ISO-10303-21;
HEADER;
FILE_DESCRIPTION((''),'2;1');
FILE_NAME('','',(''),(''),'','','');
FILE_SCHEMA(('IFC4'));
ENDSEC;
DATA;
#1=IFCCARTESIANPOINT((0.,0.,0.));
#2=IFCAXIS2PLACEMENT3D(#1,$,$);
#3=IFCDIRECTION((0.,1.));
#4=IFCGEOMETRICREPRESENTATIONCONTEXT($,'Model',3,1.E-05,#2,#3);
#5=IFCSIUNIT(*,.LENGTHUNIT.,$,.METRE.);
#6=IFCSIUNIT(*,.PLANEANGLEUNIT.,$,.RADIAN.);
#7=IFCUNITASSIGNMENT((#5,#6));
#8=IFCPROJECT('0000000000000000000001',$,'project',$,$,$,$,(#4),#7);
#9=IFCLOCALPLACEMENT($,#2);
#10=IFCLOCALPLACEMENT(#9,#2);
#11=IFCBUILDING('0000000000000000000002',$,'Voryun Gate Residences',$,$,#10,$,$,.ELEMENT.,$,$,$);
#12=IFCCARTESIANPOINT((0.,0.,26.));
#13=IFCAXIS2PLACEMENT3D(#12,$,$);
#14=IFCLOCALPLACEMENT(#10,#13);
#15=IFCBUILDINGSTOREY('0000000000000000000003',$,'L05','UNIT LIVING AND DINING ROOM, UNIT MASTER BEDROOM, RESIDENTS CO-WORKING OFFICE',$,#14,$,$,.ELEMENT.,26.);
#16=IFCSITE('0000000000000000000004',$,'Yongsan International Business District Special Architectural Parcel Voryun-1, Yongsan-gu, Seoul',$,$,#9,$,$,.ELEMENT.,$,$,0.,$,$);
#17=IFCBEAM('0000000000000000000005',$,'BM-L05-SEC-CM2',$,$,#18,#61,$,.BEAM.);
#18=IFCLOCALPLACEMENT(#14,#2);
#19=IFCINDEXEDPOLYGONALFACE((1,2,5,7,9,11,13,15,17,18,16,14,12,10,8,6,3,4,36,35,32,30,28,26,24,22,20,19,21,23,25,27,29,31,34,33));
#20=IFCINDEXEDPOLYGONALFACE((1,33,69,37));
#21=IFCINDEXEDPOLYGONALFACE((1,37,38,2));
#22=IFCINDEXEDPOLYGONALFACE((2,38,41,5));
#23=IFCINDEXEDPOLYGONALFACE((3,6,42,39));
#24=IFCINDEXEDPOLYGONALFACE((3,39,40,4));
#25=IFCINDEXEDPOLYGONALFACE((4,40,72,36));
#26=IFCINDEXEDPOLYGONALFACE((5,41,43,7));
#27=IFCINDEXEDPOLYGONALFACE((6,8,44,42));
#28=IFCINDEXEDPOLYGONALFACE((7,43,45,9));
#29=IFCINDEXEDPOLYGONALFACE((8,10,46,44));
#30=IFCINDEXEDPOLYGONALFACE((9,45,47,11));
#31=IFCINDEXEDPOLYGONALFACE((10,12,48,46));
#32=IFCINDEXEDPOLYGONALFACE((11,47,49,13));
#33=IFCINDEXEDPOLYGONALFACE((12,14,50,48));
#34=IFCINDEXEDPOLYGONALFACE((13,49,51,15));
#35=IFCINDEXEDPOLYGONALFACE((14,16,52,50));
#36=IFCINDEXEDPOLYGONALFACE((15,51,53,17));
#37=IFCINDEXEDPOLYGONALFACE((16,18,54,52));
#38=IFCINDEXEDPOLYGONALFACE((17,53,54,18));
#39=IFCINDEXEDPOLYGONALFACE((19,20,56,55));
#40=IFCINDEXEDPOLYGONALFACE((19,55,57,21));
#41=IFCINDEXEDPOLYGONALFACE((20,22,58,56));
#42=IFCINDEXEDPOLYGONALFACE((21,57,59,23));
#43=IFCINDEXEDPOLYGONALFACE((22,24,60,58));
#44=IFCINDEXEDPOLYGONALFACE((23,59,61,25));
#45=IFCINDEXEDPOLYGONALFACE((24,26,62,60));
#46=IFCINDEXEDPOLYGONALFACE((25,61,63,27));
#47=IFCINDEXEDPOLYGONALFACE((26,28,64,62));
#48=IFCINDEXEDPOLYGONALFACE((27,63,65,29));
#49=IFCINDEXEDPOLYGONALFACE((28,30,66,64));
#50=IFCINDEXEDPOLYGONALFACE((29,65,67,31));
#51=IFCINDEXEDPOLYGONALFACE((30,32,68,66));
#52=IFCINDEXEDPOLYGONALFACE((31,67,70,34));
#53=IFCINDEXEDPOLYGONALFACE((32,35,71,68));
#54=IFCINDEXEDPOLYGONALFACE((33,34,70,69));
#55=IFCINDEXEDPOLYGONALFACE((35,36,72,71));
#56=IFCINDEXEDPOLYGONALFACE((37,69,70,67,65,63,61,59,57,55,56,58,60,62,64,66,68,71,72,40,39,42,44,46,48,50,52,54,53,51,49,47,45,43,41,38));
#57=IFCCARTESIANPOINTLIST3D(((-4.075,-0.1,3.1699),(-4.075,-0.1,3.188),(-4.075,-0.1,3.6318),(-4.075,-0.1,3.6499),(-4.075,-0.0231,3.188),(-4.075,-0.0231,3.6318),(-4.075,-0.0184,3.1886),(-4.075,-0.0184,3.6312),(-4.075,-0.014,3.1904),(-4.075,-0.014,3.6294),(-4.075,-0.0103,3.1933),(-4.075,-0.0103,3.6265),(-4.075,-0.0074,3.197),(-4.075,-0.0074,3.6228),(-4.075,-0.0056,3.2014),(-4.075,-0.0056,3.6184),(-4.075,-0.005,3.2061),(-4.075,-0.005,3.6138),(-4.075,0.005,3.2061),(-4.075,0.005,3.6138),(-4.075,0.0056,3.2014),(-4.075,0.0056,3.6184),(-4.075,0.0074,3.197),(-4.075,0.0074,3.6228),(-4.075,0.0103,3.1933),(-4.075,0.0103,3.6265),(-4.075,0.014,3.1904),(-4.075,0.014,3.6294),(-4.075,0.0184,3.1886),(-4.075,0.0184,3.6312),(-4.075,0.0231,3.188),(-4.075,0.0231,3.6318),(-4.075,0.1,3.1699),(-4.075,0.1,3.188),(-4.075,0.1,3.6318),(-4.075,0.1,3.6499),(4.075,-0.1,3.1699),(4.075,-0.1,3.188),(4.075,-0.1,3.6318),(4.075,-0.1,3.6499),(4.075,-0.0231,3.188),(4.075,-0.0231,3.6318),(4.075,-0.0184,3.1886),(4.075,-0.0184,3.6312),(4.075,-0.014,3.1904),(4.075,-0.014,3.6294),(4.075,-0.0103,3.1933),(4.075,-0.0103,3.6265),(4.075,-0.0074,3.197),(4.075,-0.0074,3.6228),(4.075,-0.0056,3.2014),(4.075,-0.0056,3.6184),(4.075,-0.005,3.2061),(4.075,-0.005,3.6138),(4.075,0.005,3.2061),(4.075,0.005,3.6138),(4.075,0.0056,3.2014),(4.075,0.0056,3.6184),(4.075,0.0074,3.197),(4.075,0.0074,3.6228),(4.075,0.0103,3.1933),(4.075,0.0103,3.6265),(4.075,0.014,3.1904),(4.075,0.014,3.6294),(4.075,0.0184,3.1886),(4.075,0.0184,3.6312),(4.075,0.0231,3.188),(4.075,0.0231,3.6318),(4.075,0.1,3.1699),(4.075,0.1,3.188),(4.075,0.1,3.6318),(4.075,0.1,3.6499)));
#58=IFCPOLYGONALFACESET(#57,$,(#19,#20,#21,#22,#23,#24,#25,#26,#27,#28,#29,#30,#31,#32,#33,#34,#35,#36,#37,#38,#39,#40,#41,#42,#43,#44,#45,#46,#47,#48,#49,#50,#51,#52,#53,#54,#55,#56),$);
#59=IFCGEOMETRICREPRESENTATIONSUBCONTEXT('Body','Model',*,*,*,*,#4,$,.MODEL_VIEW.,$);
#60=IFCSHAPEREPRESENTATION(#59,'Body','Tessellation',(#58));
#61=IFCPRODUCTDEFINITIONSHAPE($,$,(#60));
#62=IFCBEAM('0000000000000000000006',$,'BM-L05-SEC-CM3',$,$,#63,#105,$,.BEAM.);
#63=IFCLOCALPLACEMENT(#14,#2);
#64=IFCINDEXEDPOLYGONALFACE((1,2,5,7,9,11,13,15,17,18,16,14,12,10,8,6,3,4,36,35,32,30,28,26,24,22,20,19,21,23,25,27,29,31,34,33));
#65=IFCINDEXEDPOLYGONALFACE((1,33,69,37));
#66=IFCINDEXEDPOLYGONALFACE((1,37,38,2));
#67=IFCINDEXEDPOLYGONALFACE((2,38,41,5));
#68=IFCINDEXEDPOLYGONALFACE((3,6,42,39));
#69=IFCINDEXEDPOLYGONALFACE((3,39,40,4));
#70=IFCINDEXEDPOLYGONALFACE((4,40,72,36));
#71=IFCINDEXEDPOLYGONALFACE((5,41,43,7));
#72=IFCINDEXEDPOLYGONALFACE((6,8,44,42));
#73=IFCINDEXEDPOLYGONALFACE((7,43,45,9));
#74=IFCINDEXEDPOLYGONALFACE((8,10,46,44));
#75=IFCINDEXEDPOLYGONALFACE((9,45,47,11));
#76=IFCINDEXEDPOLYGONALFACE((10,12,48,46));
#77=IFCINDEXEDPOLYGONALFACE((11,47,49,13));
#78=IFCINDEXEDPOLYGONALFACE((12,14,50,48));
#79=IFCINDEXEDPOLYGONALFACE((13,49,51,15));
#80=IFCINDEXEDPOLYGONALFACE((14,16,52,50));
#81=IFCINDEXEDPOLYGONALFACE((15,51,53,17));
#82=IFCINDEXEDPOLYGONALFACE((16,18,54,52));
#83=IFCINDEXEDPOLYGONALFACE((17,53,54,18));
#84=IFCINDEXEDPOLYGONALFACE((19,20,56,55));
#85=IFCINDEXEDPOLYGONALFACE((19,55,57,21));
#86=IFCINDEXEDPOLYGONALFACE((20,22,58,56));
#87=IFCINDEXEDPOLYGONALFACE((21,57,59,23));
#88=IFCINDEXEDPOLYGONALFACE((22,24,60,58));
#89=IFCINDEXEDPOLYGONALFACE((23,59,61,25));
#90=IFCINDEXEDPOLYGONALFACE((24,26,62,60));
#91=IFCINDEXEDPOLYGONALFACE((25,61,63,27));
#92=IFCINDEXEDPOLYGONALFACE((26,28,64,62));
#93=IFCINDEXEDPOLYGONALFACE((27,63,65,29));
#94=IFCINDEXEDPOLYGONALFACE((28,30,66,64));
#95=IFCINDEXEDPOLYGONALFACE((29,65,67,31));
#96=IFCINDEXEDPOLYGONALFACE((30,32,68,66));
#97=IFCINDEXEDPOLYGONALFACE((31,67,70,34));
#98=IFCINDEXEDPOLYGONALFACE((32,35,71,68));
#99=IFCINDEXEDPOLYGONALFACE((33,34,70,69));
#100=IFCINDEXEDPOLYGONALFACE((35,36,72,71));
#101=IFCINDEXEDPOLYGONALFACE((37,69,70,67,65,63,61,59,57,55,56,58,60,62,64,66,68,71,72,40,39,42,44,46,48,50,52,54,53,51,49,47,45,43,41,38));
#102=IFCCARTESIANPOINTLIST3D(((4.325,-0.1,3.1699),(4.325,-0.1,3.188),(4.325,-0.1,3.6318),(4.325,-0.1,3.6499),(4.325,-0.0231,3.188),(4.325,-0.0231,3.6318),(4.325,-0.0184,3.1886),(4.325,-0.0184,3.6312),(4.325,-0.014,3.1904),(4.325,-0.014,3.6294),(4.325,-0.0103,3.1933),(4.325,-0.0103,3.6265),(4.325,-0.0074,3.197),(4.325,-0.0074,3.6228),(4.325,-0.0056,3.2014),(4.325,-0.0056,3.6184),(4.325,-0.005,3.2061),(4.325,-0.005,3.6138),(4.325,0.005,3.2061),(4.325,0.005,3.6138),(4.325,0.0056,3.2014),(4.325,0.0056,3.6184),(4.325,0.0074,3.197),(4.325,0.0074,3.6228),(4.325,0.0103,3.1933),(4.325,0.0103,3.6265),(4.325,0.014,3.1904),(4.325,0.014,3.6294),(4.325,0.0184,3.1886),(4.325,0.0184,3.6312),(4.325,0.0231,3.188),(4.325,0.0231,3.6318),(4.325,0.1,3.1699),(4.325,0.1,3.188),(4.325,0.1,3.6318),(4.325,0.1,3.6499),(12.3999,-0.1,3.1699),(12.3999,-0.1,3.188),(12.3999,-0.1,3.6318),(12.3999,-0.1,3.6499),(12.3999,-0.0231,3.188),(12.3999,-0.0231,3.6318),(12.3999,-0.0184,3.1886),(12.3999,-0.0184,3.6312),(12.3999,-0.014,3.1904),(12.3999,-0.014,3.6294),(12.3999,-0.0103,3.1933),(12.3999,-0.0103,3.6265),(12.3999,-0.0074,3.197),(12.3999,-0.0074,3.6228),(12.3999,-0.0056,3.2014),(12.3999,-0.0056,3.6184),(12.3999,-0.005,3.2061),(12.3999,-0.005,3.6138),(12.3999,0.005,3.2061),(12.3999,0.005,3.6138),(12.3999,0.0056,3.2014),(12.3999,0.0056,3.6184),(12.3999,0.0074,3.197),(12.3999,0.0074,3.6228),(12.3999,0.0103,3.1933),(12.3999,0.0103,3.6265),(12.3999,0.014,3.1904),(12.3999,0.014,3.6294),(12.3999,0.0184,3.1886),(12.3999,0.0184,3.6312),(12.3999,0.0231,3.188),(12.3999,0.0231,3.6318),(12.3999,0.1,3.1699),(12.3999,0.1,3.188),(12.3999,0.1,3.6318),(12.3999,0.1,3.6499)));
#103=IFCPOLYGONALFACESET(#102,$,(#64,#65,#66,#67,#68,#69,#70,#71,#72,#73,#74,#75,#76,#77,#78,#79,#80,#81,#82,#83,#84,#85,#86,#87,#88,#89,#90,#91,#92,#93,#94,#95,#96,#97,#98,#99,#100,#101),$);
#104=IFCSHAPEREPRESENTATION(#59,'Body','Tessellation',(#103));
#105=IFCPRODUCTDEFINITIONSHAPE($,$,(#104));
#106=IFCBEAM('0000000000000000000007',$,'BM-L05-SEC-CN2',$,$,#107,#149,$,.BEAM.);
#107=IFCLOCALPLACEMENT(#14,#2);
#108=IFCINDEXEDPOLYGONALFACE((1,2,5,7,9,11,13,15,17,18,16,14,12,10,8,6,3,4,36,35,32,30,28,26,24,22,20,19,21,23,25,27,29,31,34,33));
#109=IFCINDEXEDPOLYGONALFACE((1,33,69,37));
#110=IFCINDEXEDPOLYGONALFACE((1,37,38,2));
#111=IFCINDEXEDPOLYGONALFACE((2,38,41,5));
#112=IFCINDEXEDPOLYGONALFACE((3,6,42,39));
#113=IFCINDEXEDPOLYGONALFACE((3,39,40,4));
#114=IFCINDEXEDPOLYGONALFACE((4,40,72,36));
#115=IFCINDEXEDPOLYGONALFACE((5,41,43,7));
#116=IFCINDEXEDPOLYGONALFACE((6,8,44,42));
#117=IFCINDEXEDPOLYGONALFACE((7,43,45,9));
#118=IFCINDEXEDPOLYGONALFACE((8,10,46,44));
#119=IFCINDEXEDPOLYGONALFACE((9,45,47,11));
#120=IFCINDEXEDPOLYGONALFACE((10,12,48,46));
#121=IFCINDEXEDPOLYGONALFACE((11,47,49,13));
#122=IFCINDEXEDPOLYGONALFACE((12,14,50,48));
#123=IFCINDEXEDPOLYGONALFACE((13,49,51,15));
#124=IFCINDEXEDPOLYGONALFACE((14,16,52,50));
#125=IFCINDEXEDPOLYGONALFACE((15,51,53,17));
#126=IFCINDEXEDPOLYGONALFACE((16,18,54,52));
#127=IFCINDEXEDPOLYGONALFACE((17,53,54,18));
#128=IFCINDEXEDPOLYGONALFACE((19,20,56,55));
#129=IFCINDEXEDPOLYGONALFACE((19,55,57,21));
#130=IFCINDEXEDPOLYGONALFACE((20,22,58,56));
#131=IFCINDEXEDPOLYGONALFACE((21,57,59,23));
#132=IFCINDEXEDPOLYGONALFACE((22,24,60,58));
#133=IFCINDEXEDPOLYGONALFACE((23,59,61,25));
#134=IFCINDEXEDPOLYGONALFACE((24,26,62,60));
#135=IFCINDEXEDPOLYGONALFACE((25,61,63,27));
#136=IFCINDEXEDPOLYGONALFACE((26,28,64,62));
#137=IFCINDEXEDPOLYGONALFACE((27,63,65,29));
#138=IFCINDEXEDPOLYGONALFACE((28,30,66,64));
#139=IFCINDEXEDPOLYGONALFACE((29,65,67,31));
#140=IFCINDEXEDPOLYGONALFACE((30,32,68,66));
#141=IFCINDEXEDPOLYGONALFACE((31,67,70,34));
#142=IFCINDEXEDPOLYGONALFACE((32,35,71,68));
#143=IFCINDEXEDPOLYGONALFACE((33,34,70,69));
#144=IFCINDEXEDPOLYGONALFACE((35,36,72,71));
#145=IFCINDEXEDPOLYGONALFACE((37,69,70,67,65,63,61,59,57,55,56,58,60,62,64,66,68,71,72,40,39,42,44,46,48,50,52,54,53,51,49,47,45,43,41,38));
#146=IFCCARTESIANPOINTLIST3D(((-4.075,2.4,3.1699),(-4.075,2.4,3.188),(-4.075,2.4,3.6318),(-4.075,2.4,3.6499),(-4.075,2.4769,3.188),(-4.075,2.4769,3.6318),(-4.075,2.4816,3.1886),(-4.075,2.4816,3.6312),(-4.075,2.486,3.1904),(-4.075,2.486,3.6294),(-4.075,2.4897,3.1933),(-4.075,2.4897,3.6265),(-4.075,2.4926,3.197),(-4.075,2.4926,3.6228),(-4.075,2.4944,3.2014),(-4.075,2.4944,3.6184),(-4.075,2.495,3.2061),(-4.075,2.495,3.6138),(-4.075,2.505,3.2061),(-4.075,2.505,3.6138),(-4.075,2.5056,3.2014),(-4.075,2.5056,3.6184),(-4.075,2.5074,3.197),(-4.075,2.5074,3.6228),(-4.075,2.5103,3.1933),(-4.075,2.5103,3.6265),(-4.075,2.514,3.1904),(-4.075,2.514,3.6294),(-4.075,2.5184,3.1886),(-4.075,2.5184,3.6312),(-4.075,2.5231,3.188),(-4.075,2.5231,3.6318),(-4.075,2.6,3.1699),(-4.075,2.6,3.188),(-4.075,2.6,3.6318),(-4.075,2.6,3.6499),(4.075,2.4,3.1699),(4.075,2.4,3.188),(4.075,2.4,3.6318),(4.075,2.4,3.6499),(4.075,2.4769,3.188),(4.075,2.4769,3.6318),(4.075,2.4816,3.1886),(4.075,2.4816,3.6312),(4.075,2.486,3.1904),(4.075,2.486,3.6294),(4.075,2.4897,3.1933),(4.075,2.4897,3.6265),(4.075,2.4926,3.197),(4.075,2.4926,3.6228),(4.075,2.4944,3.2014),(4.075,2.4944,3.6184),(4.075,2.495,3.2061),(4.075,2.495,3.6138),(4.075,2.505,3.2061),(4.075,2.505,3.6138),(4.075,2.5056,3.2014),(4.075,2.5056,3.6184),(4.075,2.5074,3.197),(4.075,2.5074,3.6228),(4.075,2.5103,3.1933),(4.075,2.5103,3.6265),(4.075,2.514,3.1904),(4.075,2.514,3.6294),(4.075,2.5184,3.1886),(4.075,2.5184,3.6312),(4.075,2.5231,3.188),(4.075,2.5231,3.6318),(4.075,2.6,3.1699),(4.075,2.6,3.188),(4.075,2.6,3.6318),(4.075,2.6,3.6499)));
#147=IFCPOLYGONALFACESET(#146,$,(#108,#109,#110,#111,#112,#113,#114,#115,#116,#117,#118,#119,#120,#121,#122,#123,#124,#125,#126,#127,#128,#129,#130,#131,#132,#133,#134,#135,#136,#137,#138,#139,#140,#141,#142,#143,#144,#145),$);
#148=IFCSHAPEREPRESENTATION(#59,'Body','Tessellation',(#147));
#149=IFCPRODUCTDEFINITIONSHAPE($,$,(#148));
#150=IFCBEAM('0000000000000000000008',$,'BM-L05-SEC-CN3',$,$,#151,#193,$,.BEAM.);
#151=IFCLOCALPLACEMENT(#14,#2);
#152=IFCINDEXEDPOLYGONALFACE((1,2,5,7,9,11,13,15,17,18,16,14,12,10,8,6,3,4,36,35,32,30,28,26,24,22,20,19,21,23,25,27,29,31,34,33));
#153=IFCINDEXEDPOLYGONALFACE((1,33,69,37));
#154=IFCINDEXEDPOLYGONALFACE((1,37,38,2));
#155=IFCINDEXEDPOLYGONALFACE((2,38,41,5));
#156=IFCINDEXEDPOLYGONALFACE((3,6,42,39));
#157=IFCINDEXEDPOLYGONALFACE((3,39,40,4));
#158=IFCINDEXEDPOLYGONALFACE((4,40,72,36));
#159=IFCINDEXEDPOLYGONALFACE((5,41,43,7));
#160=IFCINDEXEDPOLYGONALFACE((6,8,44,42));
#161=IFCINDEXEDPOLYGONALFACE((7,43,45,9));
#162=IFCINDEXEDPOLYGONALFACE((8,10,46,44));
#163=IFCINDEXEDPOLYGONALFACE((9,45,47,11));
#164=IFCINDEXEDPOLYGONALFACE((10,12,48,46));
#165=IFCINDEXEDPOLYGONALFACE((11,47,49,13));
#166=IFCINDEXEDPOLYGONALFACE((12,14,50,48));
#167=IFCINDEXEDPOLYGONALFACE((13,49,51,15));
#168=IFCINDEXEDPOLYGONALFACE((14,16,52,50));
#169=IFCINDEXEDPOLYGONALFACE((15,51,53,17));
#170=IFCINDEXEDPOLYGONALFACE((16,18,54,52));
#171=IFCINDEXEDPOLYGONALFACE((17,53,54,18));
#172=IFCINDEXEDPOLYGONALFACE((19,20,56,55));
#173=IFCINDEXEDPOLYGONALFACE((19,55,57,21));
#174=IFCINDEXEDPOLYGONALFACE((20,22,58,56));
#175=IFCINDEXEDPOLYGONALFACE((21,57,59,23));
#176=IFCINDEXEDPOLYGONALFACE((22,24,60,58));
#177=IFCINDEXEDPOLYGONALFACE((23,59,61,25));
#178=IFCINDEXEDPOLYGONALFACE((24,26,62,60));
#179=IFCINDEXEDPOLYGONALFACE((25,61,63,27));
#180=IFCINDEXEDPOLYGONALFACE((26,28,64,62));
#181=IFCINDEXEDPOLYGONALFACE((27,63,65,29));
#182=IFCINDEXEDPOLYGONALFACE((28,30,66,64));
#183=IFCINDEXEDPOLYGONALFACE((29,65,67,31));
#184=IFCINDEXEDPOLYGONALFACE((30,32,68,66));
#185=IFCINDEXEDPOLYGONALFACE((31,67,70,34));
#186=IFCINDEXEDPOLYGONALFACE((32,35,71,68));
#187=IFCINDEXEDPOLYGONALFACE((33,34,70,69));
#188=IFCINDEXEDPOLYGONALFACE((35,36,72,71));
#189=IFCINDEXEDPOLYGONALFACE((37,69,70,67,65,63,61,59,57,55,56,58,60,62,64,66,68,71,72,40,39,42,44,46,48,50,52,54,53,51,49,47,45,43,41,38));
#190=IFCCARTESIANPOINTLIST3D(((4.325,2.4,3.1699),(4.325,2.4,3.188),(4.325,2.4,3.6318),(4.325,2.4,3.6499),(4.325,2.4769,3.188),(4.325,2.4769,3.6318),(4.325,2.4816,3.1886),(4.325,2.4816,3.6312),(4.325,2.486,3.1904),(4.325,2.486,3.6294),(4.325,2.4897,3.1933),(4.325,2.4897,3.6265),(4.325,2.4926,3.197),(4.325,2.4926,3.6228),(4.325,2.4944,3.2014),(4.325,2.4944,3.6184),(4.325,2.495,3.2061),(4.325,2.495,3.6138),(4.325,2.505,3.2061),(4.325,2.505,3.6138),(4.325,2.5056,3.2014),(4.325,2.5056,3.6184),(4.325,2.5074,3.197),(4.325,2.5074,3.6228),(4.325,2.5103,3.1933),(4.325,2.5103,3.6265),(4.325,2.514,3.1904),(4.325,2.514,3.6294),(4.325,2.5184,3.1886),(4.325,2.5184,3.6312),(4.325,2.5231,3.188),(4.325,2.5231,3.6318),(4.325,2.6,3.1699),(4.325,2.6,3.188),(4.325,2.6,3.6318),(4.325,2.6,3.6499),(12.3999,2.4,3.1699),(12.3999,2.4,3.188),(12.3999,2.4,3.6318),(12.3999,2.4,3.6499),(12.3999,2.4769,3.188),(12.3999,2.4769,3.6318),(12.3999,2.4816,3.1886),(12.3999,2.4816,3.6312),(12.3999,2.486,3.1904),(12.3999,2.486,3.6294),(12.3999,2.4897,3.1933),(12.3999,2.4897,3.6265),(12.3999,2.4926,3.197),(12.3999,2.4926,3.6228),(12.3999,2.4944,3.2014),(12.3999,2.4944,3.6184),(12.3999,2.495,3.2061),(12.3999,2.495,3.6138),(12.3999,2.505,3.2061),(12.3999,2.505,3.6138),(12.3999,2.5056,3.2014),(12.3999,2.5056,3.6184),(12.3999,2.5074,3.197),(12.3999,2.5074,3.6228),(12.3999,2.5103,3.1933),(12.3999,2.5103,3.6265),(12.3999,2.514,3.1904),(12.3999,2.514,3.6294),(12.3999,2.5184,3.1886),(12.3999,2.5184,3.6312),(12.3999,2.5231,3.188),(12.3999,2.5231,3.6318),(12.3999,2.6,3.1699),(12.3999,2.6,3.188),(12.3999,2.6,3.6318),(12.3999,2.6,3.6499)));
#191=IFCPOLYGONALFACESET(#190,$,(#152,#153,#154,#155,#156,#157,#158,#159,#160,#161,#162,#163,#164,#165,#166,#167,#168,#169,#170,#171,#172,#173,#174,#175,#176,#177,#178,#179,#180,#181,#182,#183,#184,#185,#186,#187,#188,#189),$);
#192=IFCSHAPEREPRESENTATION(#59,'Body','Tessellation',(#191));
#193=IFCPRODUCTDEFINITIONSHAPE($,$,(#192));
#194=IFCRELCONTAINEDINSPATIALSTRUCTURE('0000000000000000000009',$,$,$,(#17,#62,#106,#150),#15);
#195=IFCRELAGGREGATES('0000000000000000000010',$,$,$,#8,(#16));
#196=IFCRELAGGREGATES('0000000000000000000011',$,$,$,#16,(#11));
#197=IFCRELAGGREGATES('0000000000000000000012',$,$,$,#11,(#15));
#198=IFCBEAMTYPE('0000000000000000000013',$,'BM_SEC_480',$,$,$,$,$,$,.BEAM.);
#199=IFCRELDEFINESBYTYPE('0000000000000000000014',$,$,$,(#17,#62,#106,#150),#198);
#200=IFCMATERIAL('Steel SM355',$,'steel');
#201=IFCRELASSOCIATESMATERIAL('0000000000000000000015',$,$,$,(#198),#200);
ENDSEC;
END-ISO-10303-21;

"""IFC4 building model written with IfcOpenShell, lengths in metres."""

from ifc_helpers import new_model, si_unit, direction, frame, origin, origin_2d, place, context, subcontext, project, spatial, i_section, extrude, material, material_profile, profile_set, type_object, element, save


model = new_model("IFC4")

# Units and contexts
model_context = context("Model", 3, precision=1e-05, world=origin(), true_north=direction((0.0, 1.0)))
body_context = subcontext(model_context, "Body", "Model", "MODEL_VIEW")
ifc_project = project(units=[si_unit("LENGTHUNIT", "METRE"), si_unit("PLANEANGLEUNIT", "RADIAN")], contexts=[model_context])

# Site, building, storey
site_placement = place(None, origin())
site = spatial("IfcSite", under=ifc_project, at=site_placement, Name="Yongsan International Business District Special Architectural Parcel Voryun-1, Yongsan-gu, Seoul", CompositionType="ELEMENT", RefElevation=0.0)
building_placement = place(site_placement, origin())
building = spatial("IfcBuilding", under=site, at=building_placement, Name="Voryun Gate Residences", CompositionType="ELEMENT")
storey_placement = place(building_placement, frame((0.0, 0.0, 26.0)))
storey = spatial("IfcBuildingStorey", under=building, at=storey_placement, Name="L05", Description="UNIT LIVING AND DINING ROOM, UNIT MASTER BEDROOM, RESIDENTS CO-WORKING OFFICE", CompositionType="ELEMENT", Elevation=26.0)

# Beams
ifc_material_1 = material(Name="Steel SM355", Category="steel")
ifc_material_profile_1 = material_profile(ifc_material_1, i_section(OverallWidth=0.2, OverallDepth=0.48, WebThickness=0.01, FlangeThickness=0.0181, FilletRadius=0.0181, at=origin_2d()), Name="H-480x200x10x18")
ifc_profile_set_1 = profile_set([ifc_material_profile_1], Name="Steel SM355")
beam_type_1 = type_object("IfcBeamType", Name="BM_SEC_480", PredefinedType="BEAM", material=ifc_profile_set_1)
beam_1_placement = place(storey_placement, frame((-4.075, 0.0, 3.4099), z_axis=(1.0, 0.0, 0.0), x_axis=(0.0, 1.0, 0.0)))
element("IfcBeam", 1, at=beam_1_placement, inside=storey, type_object=beam_type_1, Name="BM-L05-SEC-CM2", PredefinedType="BEAM", context=body_context, shape_type="SweptSolid", body=[
    extrude(i_section(OverallWidth=0.2, OverallDepth=0.48, WebThickness=0.01, FlangeThickness=0.0181, FilletRadius=0.0181, at=origin_2d()), origin(), (0.0, 0.0, 1.0), 8.1499),
])
beam_2_placement = place(storey_placement, frame((4.325, 0.0, 3.4099), z_axis=(1.0, 0.0, 0.0), x_axis=(0.0, 1.0, 0.0)))
element("IfcBeam", 2, at=beam_2_placement, inside=storey, type_object=beam_type_1, Name="BM-L05-SEC-CM3", PredefinedType="BEAM", context=body_context, shape_type="SweptSolid", body=[
    extrude(i_section(OverallWidth=0.2, OverallDepth=0.48, WebThickness=0.01, FlangeThickness=0.0181, FilletRadius=0.0181, at=origin_2d()), origin(), (0.0, 0.0, 1.0), 8.075),
])
beam_3_placement = place(storey_placement, frame((-4.075, 2.5, 3.4099), z_axis=(1.0, 0.0, 0.0), x_axis=(0.0, 1.0, 0.0)))
element("IfcBeam", 3, at=beam_3_placement, inside=storey, type_object=beam_type_1, Name="BM-L05-SEC-CN2", PredefinedType="BEAM", context=body_context, shape_type="SweptSolid", body=[
    extrude(i_section(OverallWidth=0.2, OverallDepth=0.48, WebThickness=0.01, FlangeThickness=0.0181, FilletRadius=0.0181, at=origin_2d()), origin(), (0.0, 0.0, 1.0), 8.1499),
])
beam_4_placement = place(storey_placement, frame((4.325, 2.5, 3.4099), z_axis=(1.0, 0.0, 0.0), x_axis=(0.0, 1.0, 0.0)))
element("IfcBeam", 4, at=beam_4_placement, inside=storey, type_object=beam_type_1, Name="BM-L05-SEC-CN3", PredefinedType="BEAM", context=body_context, shape_type="SweptSolid", body=[
    extrude(i_section(OverallWidth=0.2, OverallDepth=0.48, WebThickness=0.01, FlangeThickness=0.0181, FilletRadius=0.0181, at=origin_2d()), origin(), (0.0, 0.0, 1.0), 8.075),
])

save(model, "model.ifc")
